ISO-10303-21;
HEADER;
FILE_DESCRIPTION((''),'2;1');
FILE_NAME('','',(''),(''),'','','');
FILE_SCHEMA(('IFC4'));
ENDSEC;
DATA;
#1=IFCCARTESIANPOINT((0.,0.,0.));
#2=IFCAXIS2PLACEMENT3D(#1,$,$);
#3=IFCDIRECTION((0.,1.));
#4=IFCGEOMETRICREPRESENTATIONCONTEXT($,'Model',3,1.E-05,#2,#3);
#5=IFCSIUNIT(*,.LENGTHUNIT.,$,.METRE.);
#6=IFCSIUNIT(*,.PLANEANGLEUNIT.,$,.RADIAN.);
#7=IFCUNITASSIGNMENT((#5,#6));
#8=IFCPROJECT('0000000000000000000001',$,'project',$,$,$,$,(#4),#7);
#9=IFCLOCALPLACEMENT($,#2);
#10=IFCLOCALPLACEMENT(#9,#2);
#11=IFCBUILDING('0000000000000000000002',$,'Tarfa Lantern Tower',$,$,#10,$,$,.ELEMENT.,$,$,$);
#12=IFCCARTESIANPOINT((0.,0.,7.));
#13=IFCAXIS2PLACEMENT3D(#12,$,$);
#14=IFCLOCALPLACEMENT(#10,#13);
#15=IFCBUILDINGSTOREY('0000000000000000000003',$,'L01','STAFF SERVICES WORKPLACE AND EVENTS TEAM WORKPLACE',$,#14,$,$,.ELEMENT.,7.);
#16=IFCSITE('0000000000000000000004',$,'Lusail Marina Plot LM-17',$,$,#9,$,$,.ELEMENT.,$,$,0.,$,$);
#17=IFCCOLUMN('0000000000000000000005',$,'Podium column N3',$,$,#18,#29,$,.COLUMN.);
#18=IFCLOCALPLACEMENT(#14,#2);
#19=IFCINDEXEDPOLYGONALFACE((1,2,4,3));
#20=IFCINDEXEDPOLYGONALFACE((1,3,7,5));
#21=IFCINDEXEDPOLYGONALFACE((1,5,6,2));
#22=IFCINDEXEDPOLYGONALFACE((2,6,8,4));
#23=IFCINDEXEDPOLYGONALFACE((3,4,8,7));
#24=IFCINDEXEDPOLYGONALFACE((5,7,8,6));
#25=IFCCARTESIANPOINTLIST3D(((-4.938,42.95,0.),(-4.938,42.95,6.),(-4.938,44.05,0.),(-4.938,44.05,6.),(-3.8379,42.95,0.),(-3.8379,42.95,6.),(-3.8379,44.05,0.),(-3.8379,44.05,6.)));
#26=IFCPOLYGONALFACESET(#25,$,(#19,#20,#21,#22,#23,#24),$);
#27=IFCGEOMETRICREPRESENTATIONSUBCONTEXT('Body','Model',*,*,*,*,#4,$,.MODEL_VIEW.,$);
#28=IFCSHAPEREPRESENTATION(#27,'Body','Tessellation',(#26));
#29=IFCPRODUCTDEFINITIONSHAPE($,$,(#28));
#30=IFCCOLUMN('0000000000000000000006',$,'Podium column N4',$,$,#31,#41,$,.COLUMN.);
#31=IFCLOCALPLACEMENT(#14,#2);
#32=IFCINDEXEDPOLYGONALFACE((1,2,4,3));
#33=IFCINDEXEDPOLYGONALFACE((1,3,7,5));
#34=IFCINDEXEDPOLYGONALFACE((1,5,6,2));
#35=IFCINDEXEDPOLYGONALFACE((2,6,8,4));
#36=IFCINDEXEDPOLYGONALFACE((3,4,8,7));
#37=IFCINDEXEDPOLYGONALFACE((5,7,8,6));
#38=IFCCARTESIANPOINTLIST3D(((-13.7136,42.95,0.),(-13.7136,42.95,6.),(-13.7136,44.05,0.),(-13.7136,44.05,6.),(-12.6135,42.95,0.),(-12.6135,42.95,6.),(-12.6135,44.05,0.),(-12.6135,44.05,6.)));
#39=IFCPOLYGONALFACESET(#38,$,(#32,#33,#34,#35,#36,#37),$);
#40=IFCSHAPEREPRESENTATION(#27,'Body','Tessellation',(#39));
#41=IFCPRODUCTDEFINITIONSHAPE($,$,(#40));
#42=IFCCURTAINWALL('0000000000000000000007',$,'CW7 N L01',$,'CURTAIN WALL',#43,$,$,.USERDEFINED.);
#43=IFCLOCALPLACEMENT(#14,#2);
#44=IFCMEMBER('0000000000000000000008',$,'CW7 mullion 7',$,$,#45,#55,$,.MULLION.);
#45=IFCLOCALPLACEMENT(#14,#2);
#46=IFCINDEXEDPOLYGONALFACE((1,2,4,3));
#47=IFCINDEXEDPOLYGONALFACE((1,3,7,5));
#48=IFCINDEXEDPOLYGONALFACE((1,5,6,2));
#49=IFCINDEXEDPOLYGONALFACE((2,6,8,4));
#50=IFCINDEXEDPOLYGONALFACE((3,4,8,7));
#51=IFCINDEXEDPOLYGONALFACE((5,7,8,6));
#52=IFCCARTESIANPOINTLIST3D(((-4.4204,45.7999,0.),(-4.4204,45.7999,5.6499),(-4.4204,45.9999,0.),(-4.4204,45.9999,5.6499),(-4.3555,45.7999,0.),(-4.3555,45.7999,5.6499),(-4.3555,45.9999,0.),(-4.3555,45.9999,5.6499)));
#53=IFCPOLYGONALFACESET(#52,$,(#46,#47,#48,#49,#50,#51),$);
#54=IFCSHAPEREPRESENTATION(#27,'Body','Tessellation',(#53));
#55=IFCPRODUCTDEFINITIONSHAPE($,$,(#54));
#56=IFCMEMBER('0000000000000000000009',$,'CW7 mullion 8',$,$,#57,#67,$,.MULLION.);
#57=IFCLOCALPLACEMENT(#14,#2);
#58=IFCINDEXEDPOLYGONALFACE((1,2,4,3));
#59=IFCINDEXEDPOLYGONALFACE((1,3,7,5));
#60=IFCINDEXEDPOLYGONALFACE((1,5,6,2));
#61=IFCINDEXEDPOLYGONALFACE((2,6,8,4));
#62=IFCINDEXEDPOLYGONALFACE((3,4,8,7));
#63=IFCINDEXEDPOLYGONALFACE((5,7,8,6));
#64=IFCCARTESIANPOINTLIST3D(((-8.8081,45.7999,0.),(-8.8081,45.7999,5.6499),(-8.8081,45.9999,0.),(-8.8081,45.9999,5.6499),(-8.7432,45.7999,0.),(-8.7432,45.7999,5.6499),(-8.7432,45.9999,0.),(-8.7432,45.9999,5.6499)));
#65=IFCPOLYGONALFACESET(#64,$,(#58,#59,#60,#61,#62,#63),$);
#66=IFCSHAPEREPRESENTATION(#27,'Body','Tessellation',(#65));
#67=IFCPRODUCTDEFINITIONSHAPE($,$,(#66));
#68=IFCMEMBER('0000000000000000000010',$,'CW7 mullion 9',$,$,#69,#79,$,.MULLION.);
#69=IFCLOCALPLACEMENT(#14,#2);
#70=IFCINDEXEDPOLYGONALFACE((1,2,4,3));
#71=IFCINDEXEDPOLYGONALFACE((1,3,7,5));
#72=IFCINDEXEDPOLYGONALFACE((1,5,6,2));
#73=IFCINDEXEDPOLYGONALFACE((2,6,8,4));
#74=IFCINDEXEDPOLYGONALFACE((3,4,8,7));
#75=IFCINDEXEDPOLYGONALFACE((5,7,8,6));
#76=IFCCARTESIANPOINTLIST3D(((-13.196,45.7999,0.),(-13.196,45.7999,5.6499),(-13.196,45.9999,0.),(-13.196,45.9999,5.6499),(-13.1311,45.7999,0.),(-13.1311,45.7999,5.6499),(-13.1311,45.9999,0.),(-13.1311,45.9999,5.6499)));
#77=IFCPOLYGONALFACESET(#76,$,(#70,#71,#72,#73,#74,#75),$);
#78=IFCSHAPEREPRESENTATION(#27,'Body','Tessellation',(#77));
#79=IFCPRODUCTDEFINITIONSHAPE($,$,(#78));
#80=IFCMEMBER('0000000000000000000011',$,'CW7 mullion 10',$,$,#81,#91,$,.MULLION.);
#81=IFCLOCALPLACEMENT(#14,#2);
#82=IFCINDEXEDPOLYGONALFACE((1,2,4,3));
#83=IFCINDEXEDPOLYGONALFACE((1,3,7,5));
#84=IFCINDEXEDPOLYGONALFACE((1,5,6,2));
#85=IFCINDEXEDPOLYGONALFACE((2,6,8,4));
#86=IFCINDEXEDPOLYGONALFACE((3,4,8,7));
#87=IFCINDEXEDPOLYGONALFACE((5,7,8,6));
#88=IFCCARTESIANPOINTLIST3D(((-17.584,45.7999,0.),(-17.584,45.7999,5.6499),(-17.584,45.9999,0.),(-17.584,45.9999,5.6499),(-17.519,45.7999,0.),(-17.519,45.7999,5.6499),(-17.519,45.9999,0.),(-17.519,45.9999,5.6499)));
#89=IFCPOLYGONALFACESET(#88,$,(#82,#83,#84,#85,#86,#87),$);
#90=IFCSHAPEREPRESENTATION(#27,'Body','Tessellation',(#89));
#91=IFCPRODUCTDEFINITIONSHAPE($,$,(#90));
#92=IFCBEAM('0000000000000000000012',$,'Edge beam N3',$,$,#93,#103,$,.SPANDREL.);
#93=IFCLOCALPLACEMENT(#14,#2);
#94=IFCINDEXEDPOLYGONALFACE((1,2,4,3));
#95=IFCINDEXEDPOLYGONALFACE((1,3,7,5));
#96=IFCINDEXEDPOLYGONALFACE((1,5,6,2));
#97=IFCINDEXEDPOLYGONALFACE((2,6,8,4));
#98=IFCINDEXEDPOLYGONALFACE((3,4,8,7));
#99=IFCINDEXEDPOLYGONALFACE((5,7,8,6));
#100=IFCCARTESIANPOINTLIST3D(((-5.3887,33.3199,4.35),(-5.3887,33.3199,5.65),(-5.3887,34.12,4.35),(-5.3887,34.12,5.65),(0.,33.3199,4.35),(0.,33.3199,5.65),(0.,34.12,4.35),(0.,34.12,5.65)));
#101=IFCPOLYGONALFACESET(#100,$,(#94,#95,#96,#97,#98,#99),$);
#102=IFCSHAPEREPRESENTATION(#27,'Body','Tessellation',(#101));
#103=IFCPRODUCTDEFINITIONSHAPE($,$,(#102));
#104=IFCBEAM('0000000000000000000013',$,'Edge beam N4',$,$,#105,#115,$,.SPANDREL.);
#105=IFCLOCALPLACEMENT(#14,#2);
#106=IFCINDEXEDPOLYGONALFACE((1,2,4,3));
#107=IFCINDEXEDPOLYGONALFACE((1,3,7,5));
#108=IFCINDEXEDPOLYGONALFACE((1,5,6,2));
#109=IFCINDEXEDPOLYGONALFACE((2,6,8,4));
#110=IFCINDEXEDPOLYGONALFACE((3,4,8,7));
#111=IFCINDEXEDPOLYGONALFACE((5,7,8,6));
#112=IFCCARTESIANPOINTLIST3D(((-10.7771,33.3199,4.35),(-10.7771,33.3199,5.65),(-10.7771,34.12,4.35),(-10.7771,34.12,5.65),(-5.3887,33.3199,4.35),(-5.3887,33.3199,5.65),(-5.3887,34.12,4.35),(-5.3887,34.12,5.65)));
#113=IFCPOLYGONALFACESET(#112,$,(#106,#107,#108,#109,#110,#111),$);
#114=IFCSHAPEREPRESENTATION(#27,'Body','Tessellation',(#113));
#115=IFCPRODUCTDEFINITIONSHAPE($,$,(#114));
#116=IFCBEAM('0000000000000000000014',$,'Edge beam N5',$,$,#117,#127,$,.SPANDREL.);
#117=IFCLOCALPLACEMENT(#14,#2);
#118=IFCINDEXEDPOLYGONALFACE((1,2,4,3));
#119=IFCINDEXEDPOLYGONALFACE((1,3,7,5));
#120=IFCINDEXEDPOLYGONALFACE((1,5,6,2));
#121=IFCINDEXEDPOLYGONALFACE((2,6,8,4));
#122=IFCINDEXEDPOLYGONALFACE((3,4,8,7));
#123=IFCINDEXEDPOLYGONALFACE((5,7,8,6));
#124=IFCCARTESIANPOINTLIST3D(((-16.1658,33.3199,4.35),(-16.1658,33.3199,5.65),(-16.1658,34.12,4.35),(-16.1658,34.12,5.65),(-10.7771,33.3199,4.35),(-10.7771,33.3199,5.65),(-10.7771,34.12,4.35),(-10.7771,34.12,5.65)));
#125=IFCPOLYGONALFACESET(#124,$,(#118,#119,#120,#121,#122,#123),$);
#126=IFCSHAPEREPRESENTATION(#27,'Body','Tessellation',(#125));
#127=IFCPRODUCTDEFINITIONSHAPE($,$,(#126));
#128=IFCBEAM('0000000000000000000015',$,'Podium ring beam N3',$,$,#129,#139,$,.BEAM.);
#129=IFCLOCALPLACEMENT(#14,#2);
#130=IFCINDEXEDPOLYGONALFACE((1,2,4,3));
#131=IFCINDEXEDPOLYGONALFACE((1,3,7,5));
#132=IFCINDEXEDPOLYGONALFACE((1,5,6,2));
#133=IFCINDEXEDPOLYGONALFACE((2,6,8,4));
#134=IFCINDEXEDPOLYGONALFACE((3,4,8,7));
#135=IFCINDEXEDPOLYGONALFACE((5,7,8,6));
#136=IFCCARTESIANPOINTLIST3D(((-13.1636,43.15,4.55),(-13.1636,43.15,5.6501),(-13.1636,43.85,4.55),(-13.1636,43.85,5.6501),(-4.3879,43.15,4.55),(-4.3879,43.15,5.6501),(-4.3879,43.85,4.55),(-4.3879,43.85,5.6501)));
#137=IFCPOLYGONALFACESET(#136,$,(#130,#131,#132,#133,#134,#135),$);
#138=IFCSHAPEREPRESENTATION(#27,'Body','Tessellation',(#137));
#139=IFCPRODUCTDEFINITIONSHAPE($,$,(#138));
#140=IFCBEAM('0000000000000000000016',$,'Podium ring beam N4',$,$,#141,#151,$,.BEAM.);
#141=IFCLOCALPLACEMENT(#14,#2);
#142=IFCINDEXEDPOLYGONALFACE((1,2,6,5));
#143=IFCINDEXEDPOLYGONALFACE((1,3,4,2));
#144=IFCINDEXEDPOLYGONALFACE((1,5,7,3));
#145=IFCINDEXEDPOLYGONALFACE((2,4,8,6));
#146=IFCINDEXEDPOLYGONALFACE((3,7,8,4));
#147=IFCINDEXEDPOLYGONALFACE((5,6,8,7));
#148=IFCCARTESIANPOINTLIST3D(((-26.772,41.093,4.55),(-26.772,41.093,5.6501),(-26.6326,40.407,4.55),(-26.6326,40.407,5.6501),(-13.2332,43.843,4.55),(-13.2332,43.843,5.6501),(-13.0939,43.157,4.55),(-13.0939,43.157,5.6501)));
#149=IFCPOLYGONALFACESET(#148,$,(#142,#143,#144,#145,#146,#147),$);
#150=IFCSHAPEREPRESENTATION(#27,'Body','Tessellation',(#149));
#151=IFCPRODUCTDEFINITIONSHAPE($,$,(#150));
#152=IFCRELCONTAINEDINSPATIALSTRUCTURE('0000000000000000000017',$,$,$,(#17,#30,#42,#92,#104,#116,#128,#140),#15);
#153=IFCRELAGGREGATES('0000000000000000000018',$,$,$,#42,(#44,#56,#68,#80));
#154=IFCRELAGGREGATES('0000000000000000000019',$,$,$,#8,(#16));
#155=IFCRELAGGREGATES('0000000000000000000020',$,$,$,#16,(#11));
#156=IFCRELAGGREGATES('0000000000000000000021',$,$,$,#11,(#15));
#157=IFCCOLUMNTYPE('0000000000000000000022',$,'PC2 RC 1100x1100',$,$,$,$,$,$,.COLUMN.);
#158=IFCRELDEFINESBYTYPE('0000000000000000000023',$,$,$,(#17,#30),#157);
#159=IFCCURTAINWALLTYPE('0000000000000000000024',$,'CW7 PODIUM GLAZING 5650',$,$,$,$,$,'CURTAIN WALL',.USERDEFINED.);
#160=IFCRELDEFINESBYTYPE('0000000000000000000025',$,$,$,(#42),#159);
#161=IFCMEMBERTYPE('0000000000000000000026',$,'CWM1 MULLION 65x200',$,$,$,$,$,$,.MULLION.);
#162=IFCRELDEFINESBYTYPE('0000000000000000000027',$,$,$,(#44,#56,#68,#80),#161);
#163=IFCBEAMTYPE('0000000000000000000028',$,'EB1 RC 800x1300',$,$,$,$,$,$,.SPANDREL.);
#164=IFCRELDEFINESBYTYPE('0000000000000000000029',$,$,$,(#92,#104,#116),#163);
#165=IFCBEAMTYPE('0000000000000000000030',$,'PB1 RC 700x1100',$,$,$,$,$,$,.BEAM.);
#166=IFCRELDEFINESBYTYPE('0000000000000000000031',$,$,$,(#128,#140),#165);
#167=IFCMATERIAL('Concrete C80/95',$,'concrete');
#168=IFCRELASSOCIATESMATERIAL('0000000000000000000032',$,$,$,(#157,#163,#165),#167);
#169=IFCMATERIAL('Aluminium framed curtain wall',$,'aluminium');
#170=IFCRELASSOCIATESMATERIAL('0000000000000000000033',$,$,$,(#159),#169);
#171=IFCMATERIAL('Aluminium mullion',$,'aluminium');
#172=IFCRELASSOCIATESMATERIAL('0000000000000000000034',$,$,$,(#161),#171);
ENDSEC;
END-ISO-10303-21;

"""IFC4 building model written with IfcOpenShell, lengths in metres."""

from ifc_helpers import new_model, si_unit, direction, frame, origin, origin_2d, place, context, subcontext, project, spatial, rectangle, extrude, material, material_profile, profile_set, type_object, element, aggregate, save


model = new_model("IFC4")

# Units and contexts
model_context = context("Model", 3, precision=1e-05, world=origin(), true_north=direction((0.0, 1.0)))
body_context = subcontext(model_context, "Body", "Model", "MODEL_VIEW")
ifc_project = project(units=[si_unit("LENGTHUNIT", "METRE"), si_unit("PLANEANGLEUNIT", "RADIAN")], contexts=[model_context])

# Site, building, storey
site_placement = place(None, origin())
site = spatial("IfcSite", under=ifc_project, at=site_placement, Name="Lusail Marina Plot LM-17", CompositionType="ELEMENT", RefElevation=0.0)
building_placement = place(site_placement, origin())
building = spatial("IfcBuilding", under=site, at=building_placement, Name="Tarfa Lantern Tower", CompositionType="ELEMENT")
storey_placement = place(building_placement, frame((0.0, 0.0, 7.0)))
storey = spatial("IfcBuildingStorey", under=building, at=storey_placement, Name="L01", Description="STAFF SERVICES WORKPLACE AND EVENTS TEAM WORKPLACE", CompositionType="ELEMENT", Elevation=7.0)

# Columns
ifc_material_1 = material(Name="Concrete C80/95", Category="concrete")
ifc_material_profile_1 = material_profile(ifc_material_1, rectangle(XDim=1.1001, YDim=1.1001, at=origin_2d()), Name="RC 1100x1100")
ifc_profile_set_1 = profile_set([ifc_material_profile_1], Name="Concrete C80/95")
column_type = type_object("IfcColumnType", Name="PC2 RC 1100x1100", PredefinedType="COLUMN", material=ifc_profile_set_1)
for number, where, z_axis, x_axis, name in (
    (1, (-4.3879, 43.5, 0.0), (0.0, 0.0, 1.0), (-1.0, 0.0, 0.0), "Podium column N3"),
    (2, (-13.1636, 43.5, 0.0), (0.0, 0.0, 1.0), (-1.0, 0.0, 0.0), "Podium column N4"),
):
    element("IfcColumn", number, at=place(storey_placement, frame(where, z_axis=z_axis, x_axis=x_axis)), inside=storey, type_object=column_type, Name=name, PredefinedType="COLUMN", context=body_context, shape_type="SweptSolid", body=[
        extrude(rectangle(XDim=1.1001, YDim=1.1001, at=origin_2d()), origin(), (0.0, 0.0, 1.0), 6.0),
    ])

# Curtain wall, members
ifc_material_2 = material(Name="Aluminium framed curtain wall", Category="aluminium")
curtain_wall_type = type_object("IfcCurtainWallType", Name="CW7 PODIUM GLAZING 5650", ElementType="CURTAIN WALL", PredefinedType="USERDEFINED", material=ifc_material_2)
curtain_wall_placement = place(storey_placement, origin())
curtain_wall = element("IfcCurtainWall", 3, at=curtain_wall_placement, inside=storey, type_object=curtain_wall_type, Name="CW7 N L01", ObjectType="CURTAIN WALL", PredefinedType="USERDEFINED")
ifc_material_3 = material(Name="Aluminium mullion", Category="aluminium")
ifc_material_profile_2 = material_profile(ifc_material_3, rectangle(XDim=0.0649, YDim=0.2, at=origin_2d()), Name="AL MULLION 65x200")
ifc_profile_set_2 = profile_set([ifc_material_profile_2], Name="Aluminium mullion")
member_type = type_object("IfcMemberType", Name="CWM1 MULLION 65x200", PredefinedType="MULLION", material=ifc_profile_set_2)
member_1_placement = place(storey_placement, frame((-4.3879, 45.8999, 0.0), z_axis=(0.0, 0.0, 1.0), x_axis=(1.0, 0.0, 0.0)))
member_1 = element("IfcMember", 4, at=member_1_placement, type_object=member_type, Name="CW7 mullion 7", PredefinedType="MULLION", context=body_context, shape_type="SweptSolid", body=[
    extrude(rectangle(XDim=0.0649, YDim=0.2, at=origin_2d()), origin(), (0.0, 0.0, 1.0), 5.6499),
])
member_2_placement = place(storey_placement, frame((-8.7756, 45.8999, 0.0), z_axis=(0.0, 0.0, 1.0), x_axis=(1.0, 0.0, 0.0)))
member_2 = element("IfcMember", 5, at=member_2_placement, type_object=member_type, Name="CW7 mullion 8", PredefinedType="MULLION", context=body_context, shape_type="SweptSolid", body=[
    extrude(rectangle(XDim=0.0649, YDim=0.2, at=origin_2d()), origin(), (0.0, 0.0, 1.0), 5.6499),
])
member_3_placement = place(storey_placement, frame((-13.1636, 45.8999, 0.0), z_axis=(0.0, 0.0, 1.0), x_axis=(1.0, 0.0, 0.0)))
member_3 = element("IfcMember", 6, at=member_3_placement, type_object=member_type, Name="CW7 mullion 9", PredefinedType="MULLION", context=body_context, shape_type="SweptSolid", body=[
    extrude(rectangle(XDim=0.0649, YDim=0.2, at=origin_2d()), origin(), (0.0, 0.0, 1.0), 5.6499),
])
member_4_placement = place(storey_placement, frame((-17.5515, 45.8999, 0.0), z_axis=(0.0, 0.0, 1.0), x_axis=(1.0, 0.0, 0.0)))
member_4 = element("IfcMember", 7, at=member_4_placement, type_object=member_type, Name="CW7 mullion 10", PredefinedType="MULLION", context=body_context, shape_type="SweptSolid", body=[
    extrude(rectangle(XDim=0.0649, YDim=0.2, at=origin_2d()), origin(), (0.0, 0.0, 1.0), 5.6499),
])

# Beams
ifc_material_profile_3 = material_profile(ifc_material_1, rectangle(XDim=0.8, YDim=1.3, at=origin_2d()), Name="RC 800x1300")
ifc_profile_set_3 = profile_set([ifc_material_profile_3], Name="Concrete C80/95")
beam_type_1 = type_object("IfcBeamType", Name="EB1 RC 800x1300", PredefinedType="SPANDREL", material=ifc_profile_set_3)
beam_1_placement = place(storey_placement, frame((0.0, 33.72, 5.0), z_axis=(-1.0, 0.0, 0.0), x_axis=(0.0, -1.0, 0.0)))
element("IfcBeam", 8, at=beam_1_placement, inside=storey, type_object=beam_type_1, Name="Edge beam N3", PredefinedType="SPANDREL", context=body_context, shape_type="SweptSolid", body=[
    extrude(rectangle(XDim=0.8, YDim=1.3, at=origin_2d()), origin(), (0.0, 0.0, 1.0), 5.3887),
])
beam_2_placement = place(storey_placement, frame((-5.3887, 33.72, 5.0), z_axis=(-1.0, 0.0, 0.0), x_axis=(0.0, -1.0, 0.0)))
element("IfcBeam", 9, at=beam_2_placement, inside=storey, type_object=beam_type_1, Name="Edge beam N4", PredefinedType="SPANDREL", context=body_context, shape_type="SweptSolid", body=[
    extrude(rectangle(XDim=0.8, YDim=1.3, at=origin_2d()), origin(), (0.0, 0.0, 1.0), 5.3884),
])
beam_3_placement = place(storey_placement, frame((-10.7771, 33.72, 5.0), z_axis=(-1.0, 0.0, 0.0), x_axis=(0.0, -1.0, 0.0)))
element("IfcBeam", 10, at=beam_3_placement, inside=storey, type_object=beam_type_1, Name="Edge beam N5", PredefinedType="SPANDREL", context=body_context, shape_type="SweptSolid", body=[
    extrude(rectangle(XDim=0.8, YDim=1.3, at=origin_2d()), origin(), (0.0, 0.0, 1.0), 5.3887),
])
ifc_material_profile_4 = material_profile(ifc_material_1, rectangle(XDim=0.7, YDim=1.1001, at=origin_2d()), Name="RC 700x1100")
ifc_profile_set_4 = profile_set([ifc_material_profile_4], Name="Concrete C80/95")
beam_type_2 = type_object("IfcBeamType", Name="PB1 RC 700x1100", PredefinedType="BEAM", material=ifc_profile_set_4)
beam_4_placement = place(storey_placement, frame((-4.3879, 43.5, 5.1001), z_axis=(-1.0, 0.0, 0.0), x_axis=(0.0, -1.0, 0.0)))
element("IfcBeam", 11, at=beam_4_placement, inside=storey, type_object=beam_type_2, Name="Podium ring beam N3", PredefinedType="BEAM", context=body_context, shape_type="SweptSolid", body=[
    extrude(rectangle(XDim=0.7, YDim=1.1001, at=origin_2d()), origin(), (0.0, 0.0, 1.0), 8.7756),
])
beam_5_placement = place(storey_placement, frame((-13.1636, 43.5, 5.1001), z_axis=(-0.979988, -0.199055, 0.0), x_axis=(0.199055, -0.979988, 0.0)))
element("IfcBeam", 12, at=beam_5_placement, inside=storey, type_object=beam_type_2, Name="Podium ring beam N4", PredefinedType="BEAM", context=body_context, shape_type="SweptSolid", body=[
    extrude(rectangle(XDim=0.7, YDim=1.1001, at=origin_2d()), origin(), (0.0, 0.0, 1.0), 13.8152),
])

aggregate(curtain_wall, [member_1, member_2, member_3, member_4])

save(model, "model.ifc")
